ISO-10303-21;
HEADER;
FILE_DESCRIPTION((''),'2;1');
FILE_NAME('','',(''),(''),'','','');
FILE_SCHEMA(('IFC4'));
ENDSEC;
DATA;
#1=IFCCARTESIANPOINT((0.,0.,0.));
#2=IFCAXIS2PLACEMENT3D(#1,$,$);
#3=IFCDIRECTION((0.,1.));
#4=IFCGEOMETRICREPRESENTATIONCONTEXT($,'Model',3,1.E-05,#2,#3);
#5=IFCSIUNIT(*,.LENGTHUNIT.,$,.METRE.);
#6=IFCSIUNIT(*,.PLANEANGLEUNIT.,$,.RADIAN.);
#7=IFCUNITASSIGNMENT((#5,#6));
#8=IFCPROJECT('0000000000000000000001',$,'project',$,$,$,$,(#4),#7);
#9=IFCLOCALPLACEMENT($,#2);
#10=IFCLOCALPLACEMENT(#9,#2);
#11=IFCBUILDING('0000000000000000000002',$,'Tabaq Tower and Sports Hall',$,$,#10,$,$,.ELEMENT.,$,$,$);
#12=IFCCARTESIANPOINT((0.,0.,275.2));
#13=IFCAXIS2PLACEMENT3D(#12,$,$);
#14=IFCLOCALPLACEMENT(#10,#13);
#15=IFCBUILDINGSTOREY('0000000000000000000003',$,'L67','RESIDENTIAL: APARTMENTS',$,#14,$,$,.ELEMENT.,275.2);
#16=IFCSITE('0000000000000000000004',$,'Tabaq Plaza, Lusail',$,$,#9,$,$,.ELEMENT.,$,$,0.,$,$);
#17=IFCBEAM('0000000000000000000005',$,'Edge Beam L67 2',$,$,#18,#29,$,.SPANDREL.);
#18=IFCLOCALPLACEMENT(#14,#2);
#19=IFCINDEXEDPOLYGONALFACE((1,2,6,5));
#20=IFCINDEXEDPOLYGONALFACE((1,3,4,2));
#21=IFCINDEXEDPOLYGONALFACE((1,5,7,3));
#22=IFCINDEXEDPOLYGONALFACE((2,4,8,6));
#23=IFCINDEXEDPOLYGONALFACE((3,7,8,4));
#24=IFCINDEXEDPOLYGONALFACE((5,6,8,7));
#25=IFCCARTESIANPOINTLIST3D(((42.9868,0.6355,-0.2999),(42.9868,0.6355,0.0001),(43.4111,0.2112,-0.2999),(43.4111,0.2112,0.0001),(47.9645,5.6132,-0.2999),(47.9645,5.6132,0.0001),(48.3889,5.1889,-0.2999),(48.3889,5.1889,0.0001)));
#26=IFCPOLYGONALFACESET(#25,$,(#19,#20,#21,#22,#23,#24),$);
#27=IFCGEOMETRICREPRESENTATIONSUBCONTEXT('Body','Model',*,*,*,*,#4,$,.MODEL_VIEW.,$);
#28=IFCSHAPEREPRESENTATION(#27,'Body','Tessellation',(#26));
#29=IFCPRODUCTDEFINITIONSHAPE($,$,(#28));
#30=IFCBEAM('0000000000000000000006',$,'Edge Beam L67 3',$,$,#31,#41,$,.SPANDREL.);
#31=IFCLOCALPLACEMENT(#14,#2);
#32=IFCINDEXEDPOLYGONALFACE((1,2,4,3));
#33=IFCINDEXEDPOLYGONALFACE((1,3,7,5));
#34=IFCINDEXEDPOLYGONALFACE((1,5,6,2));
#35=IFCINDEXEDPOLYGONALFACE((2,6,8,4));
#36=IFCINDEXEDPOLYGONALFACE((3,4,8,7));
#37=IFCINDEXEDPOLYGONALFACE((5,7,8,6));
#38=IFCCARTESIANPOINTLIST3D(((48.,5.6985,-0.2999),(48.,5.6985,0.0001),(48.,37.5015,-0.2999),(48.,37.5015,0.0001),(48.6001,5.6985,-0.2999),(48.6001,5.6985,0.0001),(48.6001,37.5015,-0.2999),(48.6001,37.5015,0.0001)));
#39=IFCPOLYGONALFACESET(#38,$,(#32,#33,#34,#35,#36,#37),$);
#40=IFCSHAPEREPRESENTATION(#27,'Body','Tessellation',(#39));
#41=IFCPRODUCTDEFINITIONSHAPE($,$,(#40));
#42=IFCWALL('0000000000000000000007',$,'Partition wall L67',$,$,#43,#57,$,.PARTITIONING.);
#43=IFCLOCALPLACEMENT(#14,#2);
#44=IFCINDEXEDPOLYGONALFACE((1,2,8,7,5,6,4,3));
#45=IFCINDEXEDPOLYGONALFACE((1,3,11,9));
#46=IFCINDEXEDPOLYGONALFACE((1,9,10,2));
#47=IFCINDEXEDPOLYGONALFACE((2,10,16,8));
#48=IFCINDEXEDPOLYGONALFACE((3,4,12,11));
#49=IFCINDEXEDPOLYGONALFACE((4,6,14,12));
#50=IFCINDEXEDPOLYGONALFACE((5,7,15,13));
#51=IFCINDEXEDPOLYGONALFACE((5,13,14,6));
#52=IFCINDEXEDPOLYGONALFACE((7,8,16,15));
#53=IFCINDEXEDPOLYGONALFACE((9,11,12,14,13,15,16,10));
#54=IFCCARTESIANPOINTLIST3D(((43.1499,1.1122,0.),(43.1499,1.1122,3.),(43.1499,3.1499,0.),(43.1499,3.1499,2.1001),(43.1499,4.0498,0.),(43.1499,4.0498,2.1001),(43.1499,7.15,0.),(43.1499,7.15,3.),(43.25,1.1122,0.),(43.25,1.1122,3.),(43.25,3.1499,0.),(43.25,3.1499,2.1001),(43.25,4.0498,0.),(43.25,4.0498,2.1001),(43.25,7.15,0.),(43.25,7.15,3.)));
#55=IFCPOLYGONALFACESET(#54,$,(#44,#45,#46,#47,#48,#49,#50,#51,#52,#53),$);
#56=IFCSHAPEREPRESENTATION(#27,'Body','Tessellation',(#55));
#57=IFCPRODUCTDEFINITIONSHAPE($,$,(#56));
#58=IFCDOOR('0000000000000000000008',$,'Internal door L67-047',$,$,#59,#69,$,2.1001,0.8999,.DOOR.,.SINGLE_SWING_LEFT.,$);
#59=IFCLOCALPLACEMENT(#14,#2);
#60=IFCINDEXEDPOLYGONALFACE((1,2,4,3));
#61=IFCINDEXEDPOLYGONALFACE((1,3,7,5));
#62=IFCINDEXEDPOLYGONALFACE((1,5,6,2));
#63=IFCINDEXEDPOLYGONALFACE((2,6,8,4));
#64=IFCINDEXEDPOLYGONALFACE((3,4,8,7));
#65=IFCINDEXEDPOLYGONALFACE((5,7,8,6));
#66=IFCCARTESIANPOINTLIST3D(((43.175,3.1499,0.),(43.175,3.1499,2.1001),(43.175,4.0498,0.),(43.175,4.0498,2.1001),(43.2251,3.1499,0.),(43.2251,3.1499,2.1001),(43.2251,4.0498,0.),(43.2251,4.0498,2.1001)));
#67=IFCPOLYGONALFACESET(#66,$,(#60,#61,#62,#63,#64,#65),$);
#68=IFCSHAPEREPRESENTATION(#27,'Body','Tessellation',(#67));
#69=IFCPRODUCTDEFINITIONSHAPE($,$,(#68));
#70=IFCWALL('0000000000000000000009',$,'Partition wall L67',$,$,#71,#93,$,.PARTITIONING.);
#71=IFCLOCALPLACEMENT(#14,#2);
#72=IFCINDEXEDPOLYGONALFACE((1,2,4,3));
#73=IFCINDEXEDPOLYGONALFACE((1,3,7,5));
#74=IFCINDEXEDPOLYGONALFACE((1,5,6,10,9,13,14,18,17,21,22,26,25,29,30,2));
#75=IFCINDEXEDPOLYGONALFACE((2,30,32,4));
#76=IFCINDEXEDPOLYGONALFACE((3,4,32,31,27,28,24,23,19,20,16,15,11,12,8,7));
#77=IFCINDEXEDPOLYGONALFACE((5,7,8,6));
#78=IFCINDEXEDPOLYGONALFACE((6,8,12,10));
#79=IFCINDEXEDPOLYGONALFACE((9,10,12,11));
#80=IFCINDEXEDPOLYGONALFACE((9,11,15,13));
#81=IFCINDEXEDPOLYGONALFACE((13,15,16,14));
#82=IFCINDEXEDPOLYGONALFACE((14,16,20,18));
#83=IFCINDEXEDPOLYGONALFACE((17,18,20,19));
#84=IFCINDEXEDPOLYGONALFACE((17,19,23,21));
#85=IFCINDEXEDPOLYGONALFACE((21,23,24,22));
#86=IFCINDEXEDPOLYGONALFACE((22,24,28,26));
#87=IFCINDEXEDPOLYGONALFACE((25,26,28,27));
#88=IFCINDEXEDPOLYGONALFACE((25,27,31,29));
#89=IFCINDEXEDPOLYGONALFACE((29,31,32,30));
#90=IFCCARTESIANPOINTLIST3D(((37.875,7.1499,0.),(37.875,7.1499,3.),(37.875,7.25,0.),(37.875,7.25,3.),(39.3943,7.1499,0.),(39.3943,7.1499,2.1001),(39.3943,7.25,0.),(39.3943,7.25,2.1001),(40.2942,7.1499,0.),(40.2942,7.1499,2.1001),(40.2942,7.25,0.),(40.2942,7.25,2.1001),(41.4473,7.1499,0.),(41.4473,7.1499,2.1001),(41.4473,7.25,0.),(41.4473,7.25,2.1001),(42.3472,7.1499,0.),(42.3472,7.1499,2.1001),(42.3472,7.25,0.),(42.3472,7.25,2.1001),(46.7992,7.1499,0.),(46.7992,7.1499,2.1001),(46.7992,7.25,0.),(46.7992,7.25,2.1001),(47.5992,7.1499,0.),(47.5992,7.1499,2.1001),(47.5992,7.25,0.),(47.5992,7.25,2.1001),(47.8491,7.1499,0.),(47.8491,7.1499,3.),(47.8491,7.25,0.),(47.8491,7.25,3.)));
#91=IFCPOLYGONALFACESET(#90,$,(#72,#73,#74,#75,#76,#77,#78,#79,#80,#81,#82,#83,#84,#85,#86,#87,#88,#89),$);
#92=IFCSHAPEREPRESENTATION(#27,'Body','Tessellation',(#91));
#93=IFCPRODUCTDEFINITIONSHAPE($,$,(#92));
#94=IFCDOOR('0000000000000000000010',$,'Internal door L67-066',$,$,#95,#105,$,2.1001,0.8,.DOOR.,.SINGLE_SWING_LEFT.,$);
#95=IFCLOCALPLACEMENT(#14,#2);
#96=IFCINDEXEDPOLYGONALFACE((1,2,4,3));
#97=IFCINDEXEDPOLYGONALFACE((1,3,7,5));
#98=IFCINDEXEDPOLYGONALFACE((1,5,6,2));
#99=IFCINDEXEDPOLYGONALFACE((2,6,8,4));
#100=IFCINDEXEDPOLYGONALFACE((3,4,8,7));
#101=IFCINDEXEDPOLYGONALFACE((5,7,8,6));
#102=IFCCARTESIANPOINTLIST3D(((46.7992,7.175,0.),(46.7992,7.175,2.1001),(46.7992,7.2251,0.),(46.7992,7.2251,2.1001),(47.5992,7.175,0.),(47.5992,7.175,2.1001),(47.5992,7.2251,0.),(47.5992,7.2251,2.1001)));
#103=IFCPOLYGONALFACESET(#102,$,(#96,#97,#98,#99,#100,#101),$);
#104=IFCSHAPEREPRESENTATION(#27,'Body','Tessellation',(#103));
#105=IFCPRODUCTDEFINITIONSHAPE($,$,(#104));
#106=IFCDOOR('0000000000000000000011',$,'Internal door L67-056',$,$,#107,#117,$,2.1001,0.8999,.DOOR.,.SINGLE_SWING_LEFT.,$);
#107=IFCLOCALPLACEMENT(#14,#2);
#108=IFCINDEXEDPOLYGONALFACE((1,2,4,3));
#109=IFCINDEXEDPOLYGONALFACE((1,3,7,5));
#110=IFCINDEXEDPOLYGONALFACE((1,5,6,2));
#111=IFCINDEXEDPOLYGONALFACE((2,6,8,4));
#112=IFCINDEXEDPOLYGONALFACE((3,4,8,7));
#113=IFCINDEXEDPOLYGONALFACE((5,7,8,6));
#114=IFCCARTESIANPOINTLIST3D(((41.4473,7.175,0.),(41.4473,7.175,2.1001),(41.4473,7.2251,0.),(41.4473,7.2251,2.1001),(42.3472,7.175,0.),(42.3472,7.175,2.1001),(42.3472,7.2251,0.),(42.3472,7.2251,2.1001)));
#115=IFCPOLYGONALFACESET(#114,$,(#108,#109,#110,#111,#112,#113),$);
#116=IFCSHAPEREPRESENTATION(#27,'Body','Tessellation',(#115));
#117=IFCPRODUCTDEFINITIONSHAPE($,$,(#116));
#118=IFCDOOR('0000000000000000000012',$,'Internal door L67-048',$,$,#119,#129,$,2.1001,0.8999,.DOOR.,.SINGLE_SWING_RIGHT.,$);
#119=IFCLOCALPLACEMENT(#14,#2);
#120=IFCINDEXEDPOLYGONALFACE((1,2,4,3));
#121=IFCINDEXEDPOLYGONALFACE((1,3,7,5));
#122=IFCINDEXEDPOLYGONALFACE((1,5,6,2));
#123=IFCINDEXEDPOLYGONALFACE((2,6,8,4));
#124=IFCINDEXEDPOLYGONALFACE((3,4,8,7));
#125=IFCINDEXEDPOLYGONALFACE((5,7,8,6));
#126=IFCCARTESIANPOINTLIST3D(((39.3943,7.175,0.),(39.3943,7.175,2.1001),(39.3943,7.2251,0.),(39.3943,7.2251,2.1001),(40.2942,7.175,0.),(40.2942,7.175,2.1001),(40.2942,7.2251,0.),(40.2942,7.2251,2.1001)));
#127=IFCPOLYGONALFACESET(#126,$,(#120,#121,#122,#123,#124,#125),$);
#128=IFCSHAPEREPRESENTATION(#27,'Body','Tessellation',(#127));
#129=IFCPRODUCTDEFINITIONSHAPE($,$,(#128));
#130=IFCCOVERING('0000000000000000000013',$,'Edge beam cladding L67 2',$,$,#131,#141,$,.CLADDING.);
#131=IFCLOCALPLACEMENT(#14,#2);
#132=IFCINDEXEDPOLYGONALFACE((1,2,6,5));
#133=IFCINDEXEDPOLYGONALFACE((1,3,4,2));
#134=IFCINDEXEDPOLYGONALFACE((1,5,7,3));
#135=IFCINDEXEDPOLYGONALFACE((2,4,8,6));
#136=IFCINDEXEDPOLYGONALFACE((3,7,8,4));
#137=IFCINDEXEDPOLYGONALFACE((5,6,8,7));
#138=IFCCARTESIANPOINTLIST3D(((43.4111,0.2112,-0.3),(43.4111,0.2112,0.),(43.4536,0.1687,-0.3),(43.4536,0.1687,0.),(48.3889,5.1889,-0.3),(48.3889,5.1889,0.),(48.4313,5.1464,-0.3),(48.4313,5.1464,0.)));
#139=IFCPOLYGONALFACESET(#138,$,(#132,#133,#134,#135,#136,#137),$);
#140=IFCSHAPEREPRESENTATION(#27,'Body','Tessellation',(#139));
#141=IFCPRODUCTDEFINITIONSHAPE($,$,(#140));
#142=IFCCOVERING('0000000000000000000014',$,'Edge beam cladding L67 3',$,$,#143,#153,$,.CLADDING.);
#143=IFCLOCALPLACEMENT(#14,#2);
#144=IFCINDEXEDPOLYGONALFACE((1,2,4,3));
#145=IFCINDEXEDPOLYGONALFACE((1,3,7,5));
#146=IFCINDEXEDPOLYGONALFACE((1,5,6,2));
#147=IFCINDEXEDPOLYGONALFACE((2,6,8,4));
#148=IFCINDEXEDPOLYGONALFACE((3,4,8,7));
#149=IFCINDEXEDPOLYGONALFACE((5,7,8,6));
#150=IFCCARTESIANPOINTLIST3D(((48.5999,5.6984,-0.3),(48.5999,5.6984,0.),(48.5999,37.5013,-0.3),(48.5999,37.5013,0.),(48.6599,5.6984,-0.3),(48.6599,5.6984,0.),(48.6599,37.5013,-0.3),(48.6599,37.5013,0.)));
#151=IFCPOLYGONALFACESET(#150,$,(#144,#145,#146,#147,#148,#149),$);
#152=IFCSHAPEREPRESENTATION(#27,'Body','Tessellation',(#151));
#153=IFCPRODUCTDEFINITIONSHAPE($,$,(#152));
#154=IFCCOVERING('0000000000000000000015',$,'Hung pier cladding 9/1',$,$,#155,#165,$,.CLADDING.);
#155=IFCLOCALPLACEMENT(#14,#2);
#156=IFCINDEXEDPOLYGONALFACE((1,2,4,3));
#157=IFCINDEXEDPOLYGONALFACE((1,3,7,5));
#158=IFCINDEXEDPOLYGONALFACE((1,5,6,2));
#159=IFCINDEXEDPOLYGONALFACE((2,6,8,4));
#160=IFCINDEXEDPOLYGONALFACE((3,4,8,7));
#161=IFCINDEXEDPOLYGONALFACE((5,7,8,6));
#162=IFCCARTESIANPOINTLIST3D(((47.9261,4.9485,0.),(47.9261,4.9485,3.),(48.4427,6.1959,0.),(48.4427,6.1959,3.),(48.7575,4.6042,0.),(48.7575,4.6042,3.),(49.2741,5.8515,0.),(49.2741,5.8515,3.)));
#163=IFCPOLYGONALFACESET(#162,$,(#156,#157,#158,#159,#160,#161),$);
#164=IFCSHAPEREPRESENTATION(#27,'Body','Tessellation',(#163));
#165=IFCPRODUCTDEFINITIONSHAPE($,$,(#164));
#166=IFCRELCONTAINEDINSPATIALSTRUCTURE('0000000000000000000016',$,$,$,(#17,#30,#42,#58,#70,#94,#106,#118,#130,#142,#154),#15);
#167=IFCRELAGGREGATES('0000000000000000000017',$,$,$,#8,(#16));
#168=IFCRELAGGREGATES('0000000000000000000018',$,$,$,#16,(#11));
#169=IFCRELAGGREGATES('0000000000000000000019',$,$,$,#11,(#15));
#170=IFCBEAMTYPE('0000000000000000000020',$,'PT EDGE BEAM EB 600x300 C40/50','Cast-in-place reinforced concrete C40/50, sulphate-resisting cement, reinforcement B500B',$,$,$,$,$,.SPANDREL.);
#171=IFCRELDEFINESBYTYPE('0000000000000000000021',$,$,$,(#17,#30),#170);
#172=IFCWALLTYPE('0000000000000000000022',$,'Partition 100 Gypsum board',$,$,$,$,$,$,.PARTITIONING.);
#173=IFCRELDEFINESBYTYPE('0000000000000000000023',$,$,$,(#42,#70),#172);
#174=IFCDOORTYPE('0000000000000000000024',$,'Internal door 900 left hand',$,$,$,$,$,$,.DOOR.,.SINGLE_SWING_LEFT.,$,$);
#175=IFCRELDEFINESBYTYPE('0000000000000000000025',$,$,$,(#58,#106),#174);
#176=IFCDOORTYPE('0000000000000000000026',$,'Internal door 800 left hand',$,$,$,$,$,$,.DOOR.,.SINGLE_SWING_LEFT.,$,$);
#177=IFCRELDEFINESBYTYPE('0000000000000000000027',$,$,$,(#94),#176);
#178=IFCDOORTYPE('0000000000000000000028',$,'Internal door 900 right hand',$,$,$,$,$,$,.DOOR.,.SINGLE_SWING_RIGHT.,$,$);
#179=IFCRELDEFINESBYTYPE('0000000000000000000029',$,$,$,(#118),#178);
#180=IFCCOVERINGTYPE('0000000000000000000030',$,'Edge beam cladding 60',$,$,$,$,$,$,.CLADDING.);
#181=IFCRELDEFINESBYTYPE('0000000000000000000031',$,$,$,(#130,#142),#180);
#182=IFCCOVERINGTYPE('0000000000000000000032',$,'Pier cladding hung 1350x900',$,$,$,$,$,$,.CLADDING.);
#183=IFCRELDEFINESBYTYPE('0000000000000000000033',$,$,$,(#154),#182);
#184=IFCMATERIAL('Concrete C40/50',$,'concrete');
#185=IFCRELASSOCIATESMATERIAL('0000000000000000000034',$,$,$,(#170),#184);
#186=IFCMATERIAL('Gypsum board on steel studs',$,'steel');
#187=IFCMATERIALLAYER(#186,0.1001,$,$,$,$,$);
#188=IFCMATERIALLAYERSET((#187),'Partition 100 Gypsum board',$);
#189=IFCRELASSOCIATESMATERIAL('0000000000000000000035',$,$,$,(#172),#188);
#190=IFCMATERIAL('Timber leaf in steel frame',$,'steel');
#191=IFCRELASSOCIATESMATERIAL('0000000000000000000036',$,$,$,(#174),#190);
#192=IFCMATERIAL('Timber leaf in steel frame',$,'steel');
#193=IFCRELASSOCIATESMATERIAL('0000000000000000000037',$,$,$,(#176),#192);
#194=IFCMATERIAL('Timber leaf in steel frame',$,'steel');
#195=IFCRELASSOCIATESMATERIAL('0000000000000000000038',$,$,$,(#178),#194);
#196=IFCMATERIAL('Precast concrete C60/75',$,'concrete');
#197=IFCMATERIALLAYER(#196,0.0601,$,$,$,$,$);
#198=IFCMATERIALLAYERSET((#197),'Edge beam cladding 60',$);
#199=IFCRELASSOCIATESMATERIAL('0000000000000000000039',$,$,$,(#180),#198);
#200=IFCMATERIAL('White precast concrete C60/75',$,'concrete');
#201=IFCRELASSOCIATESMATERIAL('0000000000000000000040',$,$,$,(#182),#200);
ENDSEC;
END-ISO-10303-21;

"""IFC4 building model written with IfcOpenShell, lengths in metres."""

from ifc_helpers import new_model, si_unit, direction, frame, frame_2d, origin, origin_2d, place, context, subcontext, project, spatial, rectangle, extrude, material, layer, layer_set, material_profile, profile_set, type_object, element, fill, save


model = new_model("IFC4")

# Units and contexts
model_context = context("Model", 3, precision=1e-05, world=origin(), true_north=direction((0.0, 1.0)))
body_context = subcontext(model_context, "Body", "Model", "MODEL_VIEW")
ifc_project = project(units=[si_unit("LENGTHUNIT", "METRE"), si_unit("PLANEANGLEUNIT", "RADIAN")], contexts=[model_context])

# Site, building, storey
site_placement = place(None, origin())
site = spatial("IfcSite", under=ifc_project, at=site_placement, Name="Tabaq Plaza, Lusail", CompositionType="ELEMENT", RefElevation=0.0)
building_placement = place(site_placement, origin())
building = spatial("IfcBuilding", under=site, at=building_placement, Name="Tabaq Tower and Sports Hall", CompositionType="ELEMENT")
storey_placement = place(building_placement, frame((0.0, 0.0, 275.2)))
storey = spatial("IfcBuildingStorey", under=building, at=storey_placement, Name="L67", Description="RESIDENTIAL: APARTMENTS", CompositionType="ELEMENT", Elevation=275.2)

# Beams
ifc_material_1 = material(Name="Concrete C40/50", Category="concrete")
ifc_material_profile = material_profile(ifc_material_1, rectangle(XDim=0.6001, YDim=0.3, at=origin_2d()), Name="EB 600x300")
ifc_profile_set = profile_set([ifc_material_profile], Name="Concrete C40/50")
beam_type = type_object("IfcBeamType", Name="PT EDGE BEAM EB 600x300 C40/50", Description="Cast-in-place reinforced concrete C40/50, sulphate-resisting cement, reinforcement B500B", PredefinedType="SPANDREL", material=ifc_profile_set)
beam_1_placement = place(storey_placement, frame((43.199, 0.4233, -0.1499), z_axis=(0.707107, 0.707107, 0.0), x_axis=(-0.707107, 0.707107, 0.0)))
element("IfcBeam", 1, at=beam_1_placement, inside=storey, type_object=beam_type, Name="Edge Beam L67 2", PredefinedType="SPANDREL", context=body_context, shape_type="SweptSolid", body=[
    extrude(rectangle(XDim=0.6001, YDim=0.3, at=origin_2d()), origin(), (0.0, 0.0, 1.0), 7.0396),
])
beam_2_placement = place(storey_placement, frame((48.3, 5.6985, -0.1499), z_axis=(0.0, 1.0, 0.0), x_axis=(-1.0, 0.0, 0.0)))
element("IfcBeam", 2, at=beam_2_placement, inside=storey, type_object=beam_type, Name="Edge Beam L67 3", PredefinedType="SPANDREL", context=body_context, shape_type="SweptSolid", body=[
    extrude(rectangle(XDim=0.6001, YDim=0.3, at=origin_2d()), origin(), (0.0, 0.0, 1.0), 31.803),
])

# Wall, opening, door
ifc_material_2 = material(Name="Gypsum board on steel studs", Category="steel")
ifc_layer_1 = layer(ifc_material_2, 0.1001)
ifc_layer_set_1 = layer_set([ifc_layer_1], Name="Partition 100 Gypsum board")
wall_type_1 = type_object("IfcWallType", Name="Partition 100 Gypsum board", PredefinedType="PARTITIONING", material=ifc_layer_set_1)
wall_1_placement = place(storey_placement, frame((43.2, 1.1121, 0.0), z_axis=(0.0, 0.0, 1.0), x_axis=(0.0, 1.0, 0.0)))
wall_1 = element("IfcWall", 3, at=wall_1_placement, inside=storey, type_object=wall_type_1, Name="Partition wall L67", PredefinedType="PARTITIONING", context=body_context, shape_type="SweptSolid", body=[
    extrude(rectangle(XDim=6.0378, YDim=0.1001, at=frame_2d((3.019, 0.0))), origin(), (0.0, 0.0, 1.0), 3.0),
])
opening_1_placement = place(wall_1_placement, frame((2.0378, 0.0, 0.0)))
opening_1 = element("IfcOpeningElement", 4, at=opening_1_placement, cuts=wall_1, PredefinedType="OPENING", context=body_context, shape_type="SweptSolid", body=[
    extrude(rectangle(XDim=0.8999, YDim=2.1001, at=frame_2d((0.45, 1.05))), frame((0.0, 0.05, 0.0), z_axis=(0.0, -1.0, 0.0), x_axis=(1.0, 0.0, 0.0)), (0.0, 0.0, 1.0), 0.1001),
])
ifc_material_3 = material(Name="Timber leaf in steel frame", Category="steel")
door_type_1 = type_object("IfcDoorType", Name="Internal door 900 left hand", OperationType="SINGLE_SWING_LEFT", PredefinedType="DOOR", material=ifc_material_3)
door_1_placement = place(opening_1_placement, origin())
door_1 = element("IfcDoor", 5, at=door_1_placement, inside=storey, type_object=door_type_1, Name="Internal door L67-047", OperationType="SINGLE_SWING_LEFT", OverallHeight=2.1001, OverallWidth=0.8999, PredefinedType="DOOR", context=body_context, shape_type="SweptSolid", body=[
    extrude(rectangle(XDim=0.8999, YDim=2.1001, at=frame_2d((0.45, 1.05))), frame((0.0, 0.0249, 0.0), z_axis=(0.0, -1.0, 0.0), x_axis=(1.0, 0.0, 0.0)), (0.0, 0.0, 1.0), 0.05),
])
fill(opening_1, door_1)

# Wall, openings, doors
wall_2_placement = place(storey_placement, frame((47.8491, 7.2, 0.0), z_axis=(0.0, 0.0, 1.0), x_axis=(-1.0, 0.0, 0.0)))
wall_2 = element("IfcWall", 6, at=wall_2_placement, inside=storey, type_object=wall_type_1, Name="Partition wall L67", PredefinedType="PARTITIONING", context=body_context, shape_type="SweptSolid", body=[
    extrude(rectangle(XDim=9.9741, YDim=0.1001, at=frame_2d((4.9871, 0.0))), origin(), (0.0, 0.0, 1.0), 3.0),
])
opening_2_placement = place(wall_2_placement, frame((7.5549, 0.0, 0.0)))
opening_2 = element("IfcOpeningElement", 7, at=opening_2_placement, cuts=wall_2, PredefinedType="OPENING", context=body_context, shape_type="SweptSolid", body=[
    extrude(rectangle(XDim=0.8999, YDim=2.1001, at=frame_2d((0.45, 1.05))), frame((0.0, 0.05, 0.0), z_axis=(0.0, -1.0, 0.0), x_axis=(1.0, 0.0, 0.0)), (0.0, 0.0, 1.0), 0.1001),
])
opening_3_placement = place(wall_2_placement, frame((5.502, 0.0, 0.0)))
opening_3 = element("IfcOpeningElement", 8, at=opening_3_placement, cuts=wall_2, PredefinedType="OPENING", context=body_context, shape_type="SweptSolid", body=[
    extrude(rectangle(XDim=0.8999, YDim=2.1001, at=frame_2d((0.45, 1.05))), frame((0.0, 0.05, 0.0), z_axis=(0.0, -1.0, 0.0), x_axis=(1.0, 0.0, 0.0)), (0.0, 0.0, 1.0), 0.1001),
])
opening_4_placement = place(wall_2_placement, frame((0.25, 0.0, 0.0)))
opening_4 = element("IfcOpeningElement", 9, at=opening_4_placement, cuts=wall_2, PredefinedType="OPENING", context=body_context, shape_type="SweptSolid", body=[
    extrude(rectangle(XDim=0.8, YDim=2.1001, at=frame_2d((0.3999, 1.05))), frame((0.0, 0.05, 0.0), z_axis=(0.0, -1.0, 0.0), x_axis=(1.0, 0.0, 0.0)), (0.0, 0.0, 1.0), 0.1001),
])
ifc_material_4 = material(Name="Timber leaf in steel frame", Category="steel")
door_type_2 = type_object("IfcDoorType", Name="Internal door 800 left hand", OperationType="SINGLE_SWING_LEFT", PredefinedType="DOOR", material=ifc_material_4)
door_2_placement = place(opening_4_placement, origin())
door_2 = element("IfcDoor", 10, at=door_2_placement, inside=storey, type_object=door_type_2, Name="Internal door L67-066", OperationType="SINGLE_SWING_LEFT", OverallHeight=2.1001, OverallWidth=0.8, PredefinedType="DOOR", context=body_context, shape_type="SweptSolid", body=[
    extrude(rectangle(XDim=0.8, YDim=2.1001, at=frame_2d((0.3999, 1.05))), frame((0.0, 0.0249, 0.0), z_axis=(0.0, -1.0, 0.0), x_axis=(1.0, 0.0, 0.0)), (0.0, 0.0, 1.0), 0.05),
])
fill(opening_4, door_2)
door_3_placement = place(opening_3_placement, origin())
door_3 = element("IfcDoor", 11, at=door_3_placement, inside=storey, type_object=door_type_1, Name="Internal door L67-056", OperationType="SINGLE_SWING_LEFT", OverallHeight=2.1001, OverallWidth=0.8999, PredefinedType="DOOR", context=body_context, shape_type="SweptSolid", body=[
    extrude(rectangle(XDim=0.8999, YDim=2.1001, at=frame_2d((0.45, 1.05))), frame((0.0, 0.0249, 0.0), z_axis=(0.0, -1.0, 0.0), x_axis=(1.0, 0.0, 0.0)), (0.0, 0.0, 1.0), 0.05),
])
fill(opening_3, door_3)
ifc_material_5 = material(Name="Timber leaf in steel frame", Category="steel")
door_type_3 = type_object("IfcDoorType", Name="Internal door 900 right hand", OperationType="SINGLE_SWING_RIGHT", PredefinedType="DOOR", material=ifc_material_5)
door_4_placement = place(opening_2_placement, origin())
door_4 = element("IfcDoor", 12, at=door_4_placement, inside=storey, type_object=door_type_3, Name="Internal door L67-048", OperationType="SINGLE_SWING_RIGHT", OverallHeight=2.1001, OverallWidth=0.8999, PredefinedType="DOOR", context=body_context, shape_type="SweptSolid", body=[
    extrude(rectangle(XDim=0.8999, YDim=2.1001, at=frame_2d((0.45, 1.05))), frame((0.0, 0.0249, 0.0), z_axis=(0.0, -1.0, 0.0), x_axis=(1.0, 0.0, 0.0)), (0.0, 0.0, 1.0), 0.05),
])
fill(opening_2, door_4)

# Coverings
ifc_material_6 = material(Name="Precast concrete C60/75", Category="concrete")
ifc_layer_2 = layer(ifc_material_6, 0.0601)
ifc_layer_set_2 = layer_set([ifc_layer_2], Name="Edge beam cladding 60")
covering_type_1 = type_object("IfcCoveringType", Name="Edge beam cladding 60", PredefinedType="CLADDING", material=ifc_layer_set_2)
covering_1_placement = place(storey_placement, frame((43.4324, 0.1899, -0.3), z_axis=(0.0, 0.0, 1.0), x_axis=(0.707107, 0.707107, 0.0)))
element("IfcCovering", 13, at=covering_1_placement, inside=storey, type_object=covering_type_1, Name="Edge beam cladding L67 2", PredefinedType="CLADDING", context=body_context, shape_type="SweptSolid", body=[
    extrude(rectangle(XDim=7.0396, YDim=0.0601, at=frame_2d((3.5198, 0.0))), origin(), (0.0, 0.0, 1.0), 0.3),
])
covering_2_placement = place(storey_placement, frame((48.6299, 5.6985, -0.3), z_axis=(0.0, 0.0, 1.0), x_axis=(0.0, 1.0, 0.0)))
element("IfcCovering", 14, at=covering_2_placement, inside=storey, type_object=covering_type_1, Name="Edge beam cladding L67 3", PredefinedType="CLADDING", context=body_context, shape_type="SweptSolid", body=[
    extrude(rectangle(XDim=31.803, YDim=0.0601, at=frame_2d((15.9014, 0.0))), origin(), (0.0, 0.0, 1.0), 0.3),
])
ifc_material_7 = material(Name="White precast concrete C60/75", Category="concrete")
covering_type_2 = type_object("IfcCoveringType", Name="Pier cladding hung 1350x900", PredefinedType="CLADDING", material=ifc_material_7)
covering_3_placement = place(storey_placement, frame((48.3418, 4.7764, 0.0), z_axis=(0.0, 0.0, 1.0), x_axis=(0.38265, 0.923893, 0.0)))
element("IfcCovering", 15, at=covering_3_placement, inside=storey, type_object=covering_type_2, Name="Hung pier cladding 9/1", PredefinedType="CLADDING", context=body_context, shape_type="SweptSolid", body=[
    extrude(rectangle(XDim=1.3501, YDim=0.8999, at=frame_2d((0.675, 0.0))), origin(), (0.0, 0.0, 1.0), 3.0),
])

save(model, "model.ifc")
